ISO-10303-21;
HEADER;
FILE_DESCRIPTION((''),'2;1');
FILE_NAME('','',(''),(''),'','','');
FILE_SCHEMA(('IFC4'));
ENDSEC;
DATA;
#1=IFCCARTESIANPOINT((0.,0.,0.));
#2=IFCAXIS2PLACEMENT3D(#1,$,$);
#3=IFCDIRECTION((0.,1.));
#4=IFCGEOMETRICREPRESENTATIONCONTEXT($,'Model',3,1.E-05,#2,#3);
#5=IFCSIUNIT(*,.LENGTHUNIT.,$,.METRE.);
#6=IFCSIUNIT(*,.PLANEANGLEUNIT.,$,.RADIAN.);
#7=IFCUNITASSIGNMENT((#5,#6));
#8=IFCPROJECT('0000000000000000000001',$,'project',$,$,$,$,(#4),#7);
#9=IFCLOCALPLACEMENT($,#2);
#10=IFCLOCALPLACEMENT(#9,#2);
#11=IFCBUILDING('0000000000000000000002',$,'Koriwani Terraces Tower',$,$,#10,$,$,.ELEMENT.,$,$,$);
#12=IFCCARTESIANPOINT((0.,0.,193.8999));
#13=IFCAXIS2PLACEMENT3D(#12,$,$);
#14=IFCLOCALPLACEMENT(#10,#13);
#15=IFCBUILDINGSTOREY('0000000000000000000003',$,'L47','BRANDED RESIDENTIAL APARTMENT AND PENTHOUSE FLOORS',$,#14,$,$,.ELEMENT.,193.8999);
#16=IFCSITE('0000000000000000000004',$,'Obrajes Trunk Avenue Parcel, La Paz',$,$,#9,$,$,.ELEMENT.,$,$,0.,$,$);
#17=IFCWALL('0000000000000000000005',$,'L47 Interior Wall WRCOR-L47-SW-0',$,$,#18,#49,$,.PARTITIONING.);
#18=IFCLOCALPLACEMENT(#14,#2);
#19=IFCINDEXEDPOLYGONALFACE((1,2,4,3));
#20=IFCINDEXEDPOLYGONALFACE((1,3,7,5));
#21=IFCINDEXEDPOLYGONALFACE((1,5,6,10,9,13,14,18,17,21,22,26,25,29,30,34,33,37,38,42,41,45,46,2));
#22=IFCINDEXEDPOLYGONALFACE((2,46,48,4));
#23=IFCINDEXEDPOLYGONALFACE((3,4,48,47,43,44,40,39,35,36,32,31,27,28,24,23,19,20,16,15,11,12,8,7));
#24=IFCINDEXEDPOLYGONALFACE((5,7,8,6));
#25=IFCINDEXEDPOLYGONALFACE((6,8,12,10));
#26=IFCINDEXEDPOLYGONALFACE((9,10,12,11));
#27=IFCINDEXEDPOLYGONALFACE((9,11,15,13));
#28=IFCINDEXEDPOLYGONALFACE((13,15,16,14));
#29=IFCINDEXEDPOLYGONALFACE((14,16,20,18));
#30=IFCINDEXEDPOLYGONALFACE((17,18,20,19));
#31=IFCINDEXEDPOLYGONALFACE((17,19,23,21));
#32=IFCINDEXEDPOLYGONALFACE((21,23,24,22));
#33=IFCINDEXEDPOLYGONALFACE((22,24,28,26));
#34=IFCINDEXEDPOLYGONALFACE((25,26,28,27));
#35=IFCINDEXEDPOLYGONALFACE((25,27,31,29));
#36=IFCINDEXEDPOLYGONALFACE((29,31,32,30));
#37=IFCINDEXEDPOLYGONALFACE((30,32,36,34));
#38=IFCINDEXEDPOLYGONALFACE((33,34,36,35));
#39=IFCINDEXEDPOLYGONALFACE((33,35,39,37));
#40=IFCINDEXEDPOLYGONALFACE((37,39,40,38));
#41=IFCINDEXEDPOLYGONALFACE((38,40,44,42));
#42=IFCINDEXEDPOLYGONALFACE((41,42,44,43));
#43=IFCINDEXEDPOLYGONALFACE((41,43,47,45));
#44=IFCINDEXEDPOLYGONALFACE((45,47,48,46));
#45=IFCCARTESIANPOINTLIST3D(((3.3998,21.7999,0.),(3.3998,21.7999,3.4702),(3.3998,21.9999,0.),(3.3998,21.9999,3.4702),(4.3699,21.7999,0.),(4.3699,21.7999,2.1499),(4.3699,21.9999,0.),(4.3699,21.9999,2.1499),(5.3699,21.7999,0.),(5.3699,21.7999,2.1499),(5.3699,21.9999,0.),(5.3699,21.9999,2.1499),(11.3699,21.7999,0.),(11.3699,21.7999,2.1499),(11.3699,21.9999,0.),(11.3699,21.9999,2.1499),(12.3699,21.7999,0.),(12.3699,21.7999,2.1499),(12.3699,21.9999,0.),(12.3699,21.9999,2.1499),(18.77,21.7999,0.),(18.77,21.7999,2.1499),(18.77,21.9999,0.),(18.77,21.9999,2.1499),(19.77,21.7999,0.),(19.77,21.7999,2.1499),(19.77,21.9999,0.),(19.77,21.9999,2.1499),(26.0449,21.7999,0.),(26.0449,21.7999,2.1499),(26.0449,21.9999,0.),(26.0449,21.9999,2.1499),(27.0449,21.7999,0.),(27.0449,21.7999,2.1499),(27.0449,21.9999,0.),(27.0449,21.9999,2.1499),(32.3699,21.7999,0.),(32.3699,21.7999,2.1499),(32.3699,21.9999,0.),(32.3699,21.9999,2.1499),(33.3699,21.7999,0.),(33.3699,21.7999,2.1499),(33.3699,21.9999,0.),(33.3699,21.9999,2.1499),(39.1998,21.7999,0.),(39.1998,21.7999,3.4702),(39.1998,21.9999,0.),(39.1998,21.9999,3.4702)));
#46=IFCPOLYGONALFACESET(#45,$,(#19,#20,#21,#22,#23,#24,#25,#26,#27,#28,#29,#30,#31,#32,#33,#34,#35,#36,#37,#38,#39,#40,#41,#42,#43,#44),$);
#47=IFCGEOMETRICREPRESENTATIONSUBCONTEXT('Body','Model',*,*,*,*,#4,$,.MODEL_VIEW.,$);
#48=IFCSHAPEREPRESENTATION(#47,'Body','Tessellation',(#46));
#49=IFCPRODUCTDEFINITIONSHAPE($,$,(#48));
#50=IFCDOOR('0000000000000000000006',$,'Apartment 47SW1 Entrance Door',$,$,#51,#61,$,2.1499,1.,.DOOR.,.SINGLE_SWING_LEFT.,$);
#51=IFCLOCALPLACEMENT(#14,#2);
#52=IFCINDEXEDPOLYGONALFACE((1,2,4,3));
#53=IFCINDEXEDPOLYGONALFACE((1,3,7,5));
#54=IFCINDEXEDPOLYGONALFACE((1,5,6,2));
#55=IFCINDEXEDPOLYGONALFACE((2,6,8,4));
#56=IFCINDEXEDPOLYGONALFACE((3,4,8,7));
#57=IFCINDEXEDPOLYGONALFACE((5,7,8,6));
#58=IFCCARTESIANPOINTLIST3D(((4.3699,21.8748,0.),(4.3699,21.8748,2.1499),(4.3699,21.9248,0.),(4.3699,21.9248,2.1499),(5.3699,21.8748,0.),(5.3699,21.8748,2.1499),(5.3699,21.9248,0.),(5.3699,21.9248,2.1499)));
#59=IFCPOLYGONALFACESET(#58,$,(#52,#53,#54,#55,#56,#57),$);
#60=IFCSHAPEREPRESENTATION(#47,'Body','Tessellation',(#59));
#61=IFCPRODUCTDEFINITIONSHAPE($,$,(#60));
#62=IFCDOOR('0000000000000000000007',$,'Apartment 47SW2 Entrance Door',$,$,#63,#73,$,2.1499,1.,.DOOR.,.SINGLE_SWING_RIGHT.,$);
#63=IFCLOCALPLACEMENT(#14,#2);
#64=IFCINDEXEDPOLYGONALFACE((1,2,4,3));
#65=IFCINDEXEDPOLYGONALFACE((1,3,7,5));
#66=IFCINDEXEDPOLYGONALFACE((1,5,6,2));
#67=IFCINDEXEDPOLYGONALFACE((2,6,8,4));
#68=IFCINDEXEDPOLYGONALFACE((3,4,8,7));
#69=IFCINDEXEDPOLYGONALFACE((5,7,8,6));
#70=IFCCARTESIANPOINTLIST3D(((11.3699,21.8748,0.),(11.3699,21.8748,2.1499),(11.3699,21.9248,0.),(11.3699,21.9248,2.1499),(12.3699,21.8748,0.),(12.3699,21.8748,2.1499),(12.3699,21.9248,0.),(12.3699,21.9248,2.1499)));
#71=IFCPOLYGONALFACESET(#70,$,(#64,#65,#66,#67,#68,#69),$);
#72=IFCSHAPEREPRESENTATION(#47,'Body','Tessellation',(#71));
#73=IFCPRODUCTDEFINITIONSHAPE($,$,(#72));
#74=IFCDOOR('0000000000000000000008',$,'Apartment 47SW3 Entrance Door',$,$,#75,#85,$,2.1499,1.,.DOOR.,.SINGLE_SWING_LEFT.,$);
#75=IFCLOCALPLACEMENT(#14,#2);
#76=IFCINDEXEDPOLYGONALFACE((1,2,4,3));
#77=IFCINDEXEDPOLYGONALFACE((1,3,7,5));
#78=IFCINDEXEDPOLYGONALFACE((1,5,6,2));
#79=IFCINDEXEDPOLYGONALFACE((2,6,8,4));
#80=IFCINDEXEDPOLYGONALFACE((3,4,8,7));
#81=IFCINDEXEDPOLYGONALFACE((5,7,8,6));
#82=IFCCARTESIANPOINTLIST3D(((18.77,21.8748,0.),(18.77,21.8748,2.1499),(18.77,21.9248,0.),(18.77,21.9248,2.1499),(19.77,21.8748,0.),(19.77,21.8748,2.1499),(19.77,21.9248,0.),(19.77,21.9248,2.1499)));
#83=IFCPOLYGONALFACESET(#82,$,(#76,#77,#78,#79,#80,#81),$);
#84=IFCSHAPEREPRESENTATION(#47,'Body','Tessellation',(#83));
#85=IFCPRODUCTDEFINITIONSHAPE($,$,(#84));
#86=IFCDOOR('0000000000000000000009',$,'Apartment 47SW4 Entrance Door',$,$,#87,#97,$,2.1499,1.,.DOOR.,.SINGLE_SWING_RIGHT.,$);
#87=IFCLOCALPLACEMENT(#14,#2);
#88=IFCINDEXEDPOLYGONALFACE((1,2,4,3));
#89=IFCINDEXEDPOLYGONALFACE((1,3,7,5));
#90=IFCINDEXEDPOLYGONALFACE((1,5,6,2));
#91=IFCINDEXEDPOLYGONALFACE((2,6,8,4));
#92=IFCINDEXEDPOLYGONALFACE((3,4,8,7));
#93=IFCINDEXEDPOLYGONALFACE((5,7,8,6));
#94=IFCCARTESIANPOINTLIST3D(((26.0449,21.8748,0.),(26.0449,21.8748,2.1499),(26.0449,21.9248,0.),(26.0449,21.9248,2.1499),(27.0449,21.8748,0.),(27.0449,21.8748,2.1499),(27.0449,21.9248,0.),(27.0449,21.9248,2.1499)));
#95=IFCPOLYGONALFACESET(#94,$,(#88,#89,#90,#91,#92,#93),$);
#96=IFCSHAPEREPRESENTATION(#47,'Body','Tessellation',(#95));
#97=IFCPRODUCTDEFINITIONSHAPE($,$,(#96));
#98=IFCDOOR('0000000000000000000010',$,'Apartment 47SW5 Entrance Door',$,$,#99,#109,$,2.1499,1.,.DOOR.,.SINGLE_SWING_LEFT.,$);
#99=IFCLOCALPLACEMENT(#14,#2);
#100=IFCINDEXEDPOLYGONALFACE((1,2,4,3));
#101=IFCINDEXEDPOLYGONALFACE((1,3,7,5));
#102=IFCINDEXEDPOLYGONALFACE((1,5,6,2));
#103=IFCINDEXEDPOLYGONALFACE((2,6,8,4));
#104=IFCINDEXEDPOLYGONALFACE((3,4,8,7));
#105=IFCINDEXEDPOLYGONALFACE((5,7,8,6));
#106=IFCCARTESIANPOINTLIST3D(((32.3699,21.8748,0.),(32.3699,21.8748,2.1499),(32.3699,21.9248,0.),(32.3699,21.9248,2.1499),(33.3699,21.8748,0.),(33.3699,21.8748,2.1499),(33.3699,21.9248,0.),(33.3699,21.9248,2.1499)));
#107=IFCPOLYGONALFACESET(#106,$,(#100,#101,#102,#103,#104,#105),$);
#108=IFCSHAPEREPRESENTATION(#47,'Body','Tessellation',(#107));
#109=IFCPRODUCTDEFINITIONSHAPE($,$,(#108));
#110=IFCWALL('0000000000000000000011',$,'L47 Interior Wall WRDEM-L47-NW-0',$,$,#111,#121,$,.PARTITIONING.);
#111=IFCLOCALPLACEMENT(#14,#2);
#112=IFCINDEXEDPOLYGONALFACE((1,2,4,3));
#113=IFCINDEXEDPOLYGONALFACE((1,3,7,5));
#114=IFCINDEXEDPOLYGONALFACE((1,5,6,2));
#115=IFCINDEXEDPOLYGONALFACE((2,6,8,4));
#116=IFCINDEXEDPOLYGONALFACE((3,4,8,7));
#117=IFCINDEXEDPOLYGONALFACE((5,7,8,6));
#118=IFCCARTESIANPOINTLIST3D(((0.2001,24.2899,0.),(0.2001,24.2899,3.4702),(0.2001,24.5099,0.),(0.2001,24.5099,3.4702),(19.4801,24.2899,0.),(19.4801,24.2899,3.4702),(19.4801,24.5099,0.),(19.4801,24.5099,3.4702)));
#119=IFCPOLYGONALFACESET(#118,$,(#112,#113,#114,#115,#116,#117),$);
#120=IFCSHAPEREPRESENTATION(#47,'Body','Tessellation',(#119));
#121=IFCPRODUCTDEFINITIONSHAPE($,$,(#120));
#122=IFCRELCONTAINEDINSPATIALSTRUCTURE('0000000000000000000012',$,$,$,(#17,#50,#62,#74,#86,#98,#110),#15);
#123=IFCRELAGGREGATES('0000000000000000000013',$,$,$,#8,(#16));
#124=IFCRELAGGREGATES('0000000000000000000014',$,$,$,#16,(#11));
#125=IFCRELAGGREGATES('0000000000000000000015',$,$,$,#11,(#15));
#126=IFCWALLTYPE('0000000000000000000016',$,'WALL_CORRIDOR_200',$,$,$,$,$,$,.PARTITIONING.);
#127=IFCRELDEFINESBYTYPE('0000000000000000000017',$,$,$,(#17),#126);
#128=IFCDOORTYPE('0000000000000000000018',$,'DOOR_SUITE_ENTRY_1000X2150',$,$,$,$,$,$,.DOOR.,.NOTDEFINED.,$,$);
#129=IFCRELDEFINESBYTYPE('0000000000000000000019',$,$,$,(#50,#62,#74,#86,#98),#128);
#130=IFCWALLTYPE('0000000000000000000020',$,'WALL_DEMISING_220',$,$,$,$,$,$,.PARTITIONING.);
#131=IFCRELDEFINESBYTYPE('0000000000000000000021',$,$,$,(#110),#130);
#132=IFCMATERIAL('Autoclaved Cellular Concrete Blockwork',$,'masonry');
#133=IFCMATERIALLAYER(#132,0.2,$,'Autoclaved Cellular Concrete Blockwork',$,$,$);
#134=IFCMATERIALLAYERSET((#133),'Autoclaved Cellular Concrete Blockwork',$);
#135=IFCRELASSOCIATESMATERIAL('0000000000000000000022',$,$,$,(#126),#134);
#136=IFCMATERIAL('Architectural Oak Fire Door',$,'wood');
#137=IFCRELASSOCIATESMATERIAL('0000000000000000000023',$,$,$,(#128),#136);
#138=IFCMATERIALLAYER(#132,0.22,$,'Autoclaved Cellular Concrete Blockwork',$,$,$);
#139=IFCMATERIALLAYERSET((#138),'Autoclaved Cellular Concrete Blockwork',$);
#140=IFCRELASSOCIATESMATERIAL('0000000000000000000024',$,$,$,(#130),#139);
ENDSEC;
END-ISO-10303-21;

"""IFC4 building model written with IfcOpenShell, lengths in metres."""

from ifc_helpers import new_model, si_unit, direction, frame, frame_2d, origin, place, context, subcontext, project, spatial, rectangle, extrude, material, layer, layer_set, type_object, element, fill, save


model = new_model("IFC4")

# Units and contexts
model_context = context("Model", 3, precision=1e-05, world=origin(), true_north=direction((0.0, 1.0)))
body_context = subcontext(model_context, "Body", "Model", "MODEL_VIEW")
ifc_project = project(units=[si_unit("LENGTHUNIT", "METRE"), si_unit("PLANEANGLEUNIT", "RADIAN")], contexts=[model_context])

# Site, building, storey
site_placement = place(None, origin())
site = spatial("IfcSite", under=ifc_project, at=site_placement, Name="Obrajes Trunk Avenue Parcel, La Paz", CompositionType="ELEMENT", RefElevation=0.0)
building_placement = place(site_placement, origin())
building = spatial("IfcBuilding", under=site, at=building_placement, Name="Koriwani Terraces Tower", CompositionType="ELEMENT")
storey_placement = place(building_placement, frame((0.0, 0.0, 193.8999)))
storey = spatial("IfcBuildingStorey", under=building, at=storey_placement, Name="L47", Description="BRANDED RESIDENTIAL APARTMENT AND PENTHOUSE FLOORS", CompositionType="ELEMENT", Elevation=193.8999)

# Wall, openings, doors
ifc_material_1 = material(Name="Autoclaved Cellular Concrete Blockwork", Category="masonry")
ifc_layer_1 = layer(ifc_material_1, 0.2, Name="Autoclaved Cellular Concrete Blockwork")
ifc_layer_set_1 = layer_set([ifc_layer_1], Name="Autoclaved Cellular Concrete Blockwork")
wall_type_1 = type_object("IfcWallType", Name="WALL_CORRIDOR_200", PredefinedType="PARTITIONING", material=ifc_layer_set_1)
wall_1_placement = place(storey_placement, frame((3.3999, 21.8999, 0.0), z_axis=(0.0, 0.0, 1.0), x_axis=(1.0, 0.0, 0.0)))
wall_1 = element("IfcWall", 1, at=wall_1_placement, inside=storey, type_object=wall_type_1, Name="L47 Interior Wall WRCOR-L47-SW-0", PredefinedType="PARTITIONING", context=body_context, shape_type="SweptSolid", body=[
    extrude(rectangle(XDim=35.8, YDim=0.2, at=frame_2d((17.8999, 0.0))), origin(), (0.0, 0.0, 1.0), 3.4702),
])
opening_1_placement = place(wall_1_placement, frame((0.97, 0.0, 0.0)))
opening_1 = element("IfcOpeningElement", 2, at=opening_1_placement, cuts=wall_1, PredefinedType="OPENING", context=body_context, shape_type="SweptSolid", body=[
    extrude(rectangle(XDim=1.0, YDim=2.1499, at=frame_2d((0.5, 1.075))), frame((0.0, 0.1099, 0.0), z_axis=(0.0, -1.0, 0.0), x_axis=(1.0, 0.0, 0.0)), (0.0, 0.0, 1.0), 0.22),
])
opening_2_placement = place(wall_1_placement, frame((7.97, 0.0, 0.0)))
opening_2 = element("IfcOpeningElement", 3, at=opening_2_placement, cuts=wall_1, PredefinedType="OPENING", context=body_context, shape_type="SweptSolid", body=[
    extrude(rectangle(XDim=1.0, YDim=2.1499, at=frame_2d((0.5, 1.075))), frame((0.0, 0.1099, 0.0), z_axis=(0.0, -1.0, 0.0), x_axis=(1.0, 0.0, 0.0)), (0.0, 0.0, 1.0), 0.22),
])
opening_3_placement = place(wall_1_placement, frame((15.3701, 0.0, 0.0)))
opening_3 = element("IfcOpeningElement", 4, at=opening_3_placement, cuts=wall_1, PredefinedType="OPENING", context=body_context, shape_type="SweptSolid", body=[
    extrude(rectangle(XDim=1.0, YDim=2.1499, at=frame_2d((0.5, 1.075))), frame((0.0, 0.1099, 0.0), z_axis=(0.0, -1.0, 0.0), x_axis=(1.0, 0.0, 0.0)), (0.0, 0.0, 1.0), 0.22),
])
opening_4_placement = place(wall_1_placement, frame((22.645, 0.0, 0.0)))
opening_4 = element("IfcOpeningElement", 5, at=opening_4_placement, cuts=wall_1, PredefinedType="OPENING", context=body_context, shape_type="SweptSolid", body=[
    extrude(rectangle(XDim=1.0, YDim=2.1499, at=frame_2d((0.5, 1.075))), frame((0.0, 0.1099, 0.0), z_axis=(0.0, -1.0, 0.0), x_axis=(1.0, 0.0, 0.0)), (0.0, 0.0, 1.0), 0.22),
])
opening_5_placement = place(wall_1_placement, frame((28.97, 0.0, 0.0)))
opening_5 = element("IfcOpeningElement", 6, at=opening_5_placement, cuts=wall_1, PredefinedType="OPENING", context=body_context, shape_type="SweptSolid", body=[
    extrude(rectangle(XDim=1.0, YDim=2.1499, at=frame_2d((0.5, 1.075))), frame((0.0, 0.1099, 0.0), z_axis=(0.0, -1.0, 0.0), x_axis=(1.0, 0.0, 0.0)), (0.0, 0.0, 1.0), 0.22),
])
ifc_material_2 = material(Name="Architectural Oak Fire Door", Category="wood")
door_type_1 = type_object("IfcDoorType", Name="DOOR_SUITE_ENTRY_1000X2150", OperationType="NOTDEFINED", PredefinedType="DOOR", material=ifc_material_2)
door_1_placement = place(opening_1_placement, origin())
door_1 = element("IfcDoor", 7, at=door_1_placement, inside=storey, type_object=door_type_1, Name="Apartment 47SW1 Entrance Door", OperationType="SINGLE_SWING_LEFT", OverallHeight=2.1499, OverallWidth=1.0, PredefinedType="DOOR", context=body_context, shape_type="SweptSolid", body=[
    extrude(rectangle(XDim=1.0, YDim=2.1499, at=frame_2d((0.5, 1.075))), frame((0.0, 0.0249, 0.0), z_axis=(0.0, -1.0, 0.0), x_axis=(1.0, 0.0, 0.0)), (0.0, 0.0, 1.0), 0.05),
])
fill(opening_1, door_1)
door_2_placement = place(opening_2_placement, origin())
door_2 = element("IfcDoor", 8, at=door_2_placement, inside=storey, type_object=door_type_1, Name="Apartment 47SW2 Entrance Door", OperationType="SINGLE_SWING_RIGHT", OverallHeight=2.1499, OverallWidth=1.0, PredefinedType="DOOR", context=body_context, shape_type="SweptSolid", body=[
    extrude(rectangle(XDim=1.0, YDim=2.1499, at=frame_2d((0.5, 1.075))), frame((0.0, 0.0249, 0.0), z_axis=(0.0, -1.0, 0.0), x_axis=(1.0, 0.0, 0.0)), (0.0, 0.0, 1.0), 0.05),
])
fill(opening_2, door_2)
door_3_placement = place(opening_3_placement, origin())
door_3 = element("IfcDoor", 9, at=door_3_placement, inside=storey, type_object=door_type_1, Name="Apartment 47SW3 Entrance Door", OperationType="SINGLE_SWING_LEFT", OverallHeight=2.1499, OverallWidth=1.0, PredefinedType="DOOR", context=body_context, shape_type="SweptSolid", body=[
    extrude(rectangle(XDim=1.0, YDim=2.1499, at=frame_2d((0.5, 1.075))), frame((0.0, 0.0249, 0.0), z_axis=(0.0, -1.0, 0.0), x_axis=(1.0, 0.0, 0.0)), (0.0, 0.0, 1.0), 0.05),
])
fill(opening_3, door_3)
door_4_placement = place(opening_4_placement, origin())
door_4 = element("IfcDoor", 10, at=door_4_placement, inside=storey, type_object=door_type_1, Name="Apartment 47SW4 Entrance Door", OperationType="SINGLE_SWING_RIGHT", OverallHeight=2.1499, OverallWidth=1.0, PredefinedType="DOOR", context=body_context, shape_type="SweptSolid", body=[
    extrude(rectangle(XDim=1.0, YDim=2.1499, at=frame_2d((0.5, 1.075))), frame((0.0, 0.0249, 0.0), z_axis=(0.0, -1.0, 0.0), x_axis=(1.0, 0.0, 0.0)), (0.0, 0.0, 1.0), 0.05),
])
fill(opening_4, door_4)
door_5_placement = place(opening_5_placement, origin())
door_5 = element("IfcDoor", 11, at=door_5_placement, inside=storey, type_object=door_type_1, Name="Apartment 47SW5 Entrance Door", OperationType="SINGLE_SWING_LEFT", OverallHeight=2.1499, OverallWidth=1.0, PredefinedType="DOOR", context=body_context, shape_type="SweptSolid", body=[
    extrude(rectangle(XDim=1.0, YDim=2.1499, at=frame_2d((0.5, 1.075))), frame((0.0, 0.0249, 0.0), z_axis=(0.0, -1.0, 0.0), x_axis=(1.0, 0.0, 0.0)), (0.0, 0.0, 1.0), 0.05),
])
fill(opening_5, door_5)

# Wall
ifc_layer_2 = layer(ifc_material_1, 0.22, Name="Autoclaved Cellular Concrete Blockwork")
ifc_layer_set_2 = layer_set([ifc_layer_2], Name="Autoclaved Cellular Concrete Blockwork")
wall_type_2 = type_object("IfcWallType", Name="WALL_DEMISING_220", PredefinedType="PARTITIONING", material=ifc_layer_set_2)
wall_2_placement = place(storey_placement, frame((0.2, 24.3999, 0.0), z_axis=(0.0, 0.0, 1.0), x_axis=(1.0, 0.0, 0.0)))
element("IfcWall", 12, at=wall_2_placement, inside=storey, type_object=wall_type_2, Name="L47 Interior Wall WRDEM-L47-NW-0", PredefinedType="PARTITIONING", context=body_context, shape_type="SweptSolid", body=[
    extrude(rectangle(XDim=19.28, YDim=0.22, at=frame_2d((9.6401, 0.0))), origin(), (0.0, 0.0, 1.0), 3.4702),
])

save(model, "model.ifc")
